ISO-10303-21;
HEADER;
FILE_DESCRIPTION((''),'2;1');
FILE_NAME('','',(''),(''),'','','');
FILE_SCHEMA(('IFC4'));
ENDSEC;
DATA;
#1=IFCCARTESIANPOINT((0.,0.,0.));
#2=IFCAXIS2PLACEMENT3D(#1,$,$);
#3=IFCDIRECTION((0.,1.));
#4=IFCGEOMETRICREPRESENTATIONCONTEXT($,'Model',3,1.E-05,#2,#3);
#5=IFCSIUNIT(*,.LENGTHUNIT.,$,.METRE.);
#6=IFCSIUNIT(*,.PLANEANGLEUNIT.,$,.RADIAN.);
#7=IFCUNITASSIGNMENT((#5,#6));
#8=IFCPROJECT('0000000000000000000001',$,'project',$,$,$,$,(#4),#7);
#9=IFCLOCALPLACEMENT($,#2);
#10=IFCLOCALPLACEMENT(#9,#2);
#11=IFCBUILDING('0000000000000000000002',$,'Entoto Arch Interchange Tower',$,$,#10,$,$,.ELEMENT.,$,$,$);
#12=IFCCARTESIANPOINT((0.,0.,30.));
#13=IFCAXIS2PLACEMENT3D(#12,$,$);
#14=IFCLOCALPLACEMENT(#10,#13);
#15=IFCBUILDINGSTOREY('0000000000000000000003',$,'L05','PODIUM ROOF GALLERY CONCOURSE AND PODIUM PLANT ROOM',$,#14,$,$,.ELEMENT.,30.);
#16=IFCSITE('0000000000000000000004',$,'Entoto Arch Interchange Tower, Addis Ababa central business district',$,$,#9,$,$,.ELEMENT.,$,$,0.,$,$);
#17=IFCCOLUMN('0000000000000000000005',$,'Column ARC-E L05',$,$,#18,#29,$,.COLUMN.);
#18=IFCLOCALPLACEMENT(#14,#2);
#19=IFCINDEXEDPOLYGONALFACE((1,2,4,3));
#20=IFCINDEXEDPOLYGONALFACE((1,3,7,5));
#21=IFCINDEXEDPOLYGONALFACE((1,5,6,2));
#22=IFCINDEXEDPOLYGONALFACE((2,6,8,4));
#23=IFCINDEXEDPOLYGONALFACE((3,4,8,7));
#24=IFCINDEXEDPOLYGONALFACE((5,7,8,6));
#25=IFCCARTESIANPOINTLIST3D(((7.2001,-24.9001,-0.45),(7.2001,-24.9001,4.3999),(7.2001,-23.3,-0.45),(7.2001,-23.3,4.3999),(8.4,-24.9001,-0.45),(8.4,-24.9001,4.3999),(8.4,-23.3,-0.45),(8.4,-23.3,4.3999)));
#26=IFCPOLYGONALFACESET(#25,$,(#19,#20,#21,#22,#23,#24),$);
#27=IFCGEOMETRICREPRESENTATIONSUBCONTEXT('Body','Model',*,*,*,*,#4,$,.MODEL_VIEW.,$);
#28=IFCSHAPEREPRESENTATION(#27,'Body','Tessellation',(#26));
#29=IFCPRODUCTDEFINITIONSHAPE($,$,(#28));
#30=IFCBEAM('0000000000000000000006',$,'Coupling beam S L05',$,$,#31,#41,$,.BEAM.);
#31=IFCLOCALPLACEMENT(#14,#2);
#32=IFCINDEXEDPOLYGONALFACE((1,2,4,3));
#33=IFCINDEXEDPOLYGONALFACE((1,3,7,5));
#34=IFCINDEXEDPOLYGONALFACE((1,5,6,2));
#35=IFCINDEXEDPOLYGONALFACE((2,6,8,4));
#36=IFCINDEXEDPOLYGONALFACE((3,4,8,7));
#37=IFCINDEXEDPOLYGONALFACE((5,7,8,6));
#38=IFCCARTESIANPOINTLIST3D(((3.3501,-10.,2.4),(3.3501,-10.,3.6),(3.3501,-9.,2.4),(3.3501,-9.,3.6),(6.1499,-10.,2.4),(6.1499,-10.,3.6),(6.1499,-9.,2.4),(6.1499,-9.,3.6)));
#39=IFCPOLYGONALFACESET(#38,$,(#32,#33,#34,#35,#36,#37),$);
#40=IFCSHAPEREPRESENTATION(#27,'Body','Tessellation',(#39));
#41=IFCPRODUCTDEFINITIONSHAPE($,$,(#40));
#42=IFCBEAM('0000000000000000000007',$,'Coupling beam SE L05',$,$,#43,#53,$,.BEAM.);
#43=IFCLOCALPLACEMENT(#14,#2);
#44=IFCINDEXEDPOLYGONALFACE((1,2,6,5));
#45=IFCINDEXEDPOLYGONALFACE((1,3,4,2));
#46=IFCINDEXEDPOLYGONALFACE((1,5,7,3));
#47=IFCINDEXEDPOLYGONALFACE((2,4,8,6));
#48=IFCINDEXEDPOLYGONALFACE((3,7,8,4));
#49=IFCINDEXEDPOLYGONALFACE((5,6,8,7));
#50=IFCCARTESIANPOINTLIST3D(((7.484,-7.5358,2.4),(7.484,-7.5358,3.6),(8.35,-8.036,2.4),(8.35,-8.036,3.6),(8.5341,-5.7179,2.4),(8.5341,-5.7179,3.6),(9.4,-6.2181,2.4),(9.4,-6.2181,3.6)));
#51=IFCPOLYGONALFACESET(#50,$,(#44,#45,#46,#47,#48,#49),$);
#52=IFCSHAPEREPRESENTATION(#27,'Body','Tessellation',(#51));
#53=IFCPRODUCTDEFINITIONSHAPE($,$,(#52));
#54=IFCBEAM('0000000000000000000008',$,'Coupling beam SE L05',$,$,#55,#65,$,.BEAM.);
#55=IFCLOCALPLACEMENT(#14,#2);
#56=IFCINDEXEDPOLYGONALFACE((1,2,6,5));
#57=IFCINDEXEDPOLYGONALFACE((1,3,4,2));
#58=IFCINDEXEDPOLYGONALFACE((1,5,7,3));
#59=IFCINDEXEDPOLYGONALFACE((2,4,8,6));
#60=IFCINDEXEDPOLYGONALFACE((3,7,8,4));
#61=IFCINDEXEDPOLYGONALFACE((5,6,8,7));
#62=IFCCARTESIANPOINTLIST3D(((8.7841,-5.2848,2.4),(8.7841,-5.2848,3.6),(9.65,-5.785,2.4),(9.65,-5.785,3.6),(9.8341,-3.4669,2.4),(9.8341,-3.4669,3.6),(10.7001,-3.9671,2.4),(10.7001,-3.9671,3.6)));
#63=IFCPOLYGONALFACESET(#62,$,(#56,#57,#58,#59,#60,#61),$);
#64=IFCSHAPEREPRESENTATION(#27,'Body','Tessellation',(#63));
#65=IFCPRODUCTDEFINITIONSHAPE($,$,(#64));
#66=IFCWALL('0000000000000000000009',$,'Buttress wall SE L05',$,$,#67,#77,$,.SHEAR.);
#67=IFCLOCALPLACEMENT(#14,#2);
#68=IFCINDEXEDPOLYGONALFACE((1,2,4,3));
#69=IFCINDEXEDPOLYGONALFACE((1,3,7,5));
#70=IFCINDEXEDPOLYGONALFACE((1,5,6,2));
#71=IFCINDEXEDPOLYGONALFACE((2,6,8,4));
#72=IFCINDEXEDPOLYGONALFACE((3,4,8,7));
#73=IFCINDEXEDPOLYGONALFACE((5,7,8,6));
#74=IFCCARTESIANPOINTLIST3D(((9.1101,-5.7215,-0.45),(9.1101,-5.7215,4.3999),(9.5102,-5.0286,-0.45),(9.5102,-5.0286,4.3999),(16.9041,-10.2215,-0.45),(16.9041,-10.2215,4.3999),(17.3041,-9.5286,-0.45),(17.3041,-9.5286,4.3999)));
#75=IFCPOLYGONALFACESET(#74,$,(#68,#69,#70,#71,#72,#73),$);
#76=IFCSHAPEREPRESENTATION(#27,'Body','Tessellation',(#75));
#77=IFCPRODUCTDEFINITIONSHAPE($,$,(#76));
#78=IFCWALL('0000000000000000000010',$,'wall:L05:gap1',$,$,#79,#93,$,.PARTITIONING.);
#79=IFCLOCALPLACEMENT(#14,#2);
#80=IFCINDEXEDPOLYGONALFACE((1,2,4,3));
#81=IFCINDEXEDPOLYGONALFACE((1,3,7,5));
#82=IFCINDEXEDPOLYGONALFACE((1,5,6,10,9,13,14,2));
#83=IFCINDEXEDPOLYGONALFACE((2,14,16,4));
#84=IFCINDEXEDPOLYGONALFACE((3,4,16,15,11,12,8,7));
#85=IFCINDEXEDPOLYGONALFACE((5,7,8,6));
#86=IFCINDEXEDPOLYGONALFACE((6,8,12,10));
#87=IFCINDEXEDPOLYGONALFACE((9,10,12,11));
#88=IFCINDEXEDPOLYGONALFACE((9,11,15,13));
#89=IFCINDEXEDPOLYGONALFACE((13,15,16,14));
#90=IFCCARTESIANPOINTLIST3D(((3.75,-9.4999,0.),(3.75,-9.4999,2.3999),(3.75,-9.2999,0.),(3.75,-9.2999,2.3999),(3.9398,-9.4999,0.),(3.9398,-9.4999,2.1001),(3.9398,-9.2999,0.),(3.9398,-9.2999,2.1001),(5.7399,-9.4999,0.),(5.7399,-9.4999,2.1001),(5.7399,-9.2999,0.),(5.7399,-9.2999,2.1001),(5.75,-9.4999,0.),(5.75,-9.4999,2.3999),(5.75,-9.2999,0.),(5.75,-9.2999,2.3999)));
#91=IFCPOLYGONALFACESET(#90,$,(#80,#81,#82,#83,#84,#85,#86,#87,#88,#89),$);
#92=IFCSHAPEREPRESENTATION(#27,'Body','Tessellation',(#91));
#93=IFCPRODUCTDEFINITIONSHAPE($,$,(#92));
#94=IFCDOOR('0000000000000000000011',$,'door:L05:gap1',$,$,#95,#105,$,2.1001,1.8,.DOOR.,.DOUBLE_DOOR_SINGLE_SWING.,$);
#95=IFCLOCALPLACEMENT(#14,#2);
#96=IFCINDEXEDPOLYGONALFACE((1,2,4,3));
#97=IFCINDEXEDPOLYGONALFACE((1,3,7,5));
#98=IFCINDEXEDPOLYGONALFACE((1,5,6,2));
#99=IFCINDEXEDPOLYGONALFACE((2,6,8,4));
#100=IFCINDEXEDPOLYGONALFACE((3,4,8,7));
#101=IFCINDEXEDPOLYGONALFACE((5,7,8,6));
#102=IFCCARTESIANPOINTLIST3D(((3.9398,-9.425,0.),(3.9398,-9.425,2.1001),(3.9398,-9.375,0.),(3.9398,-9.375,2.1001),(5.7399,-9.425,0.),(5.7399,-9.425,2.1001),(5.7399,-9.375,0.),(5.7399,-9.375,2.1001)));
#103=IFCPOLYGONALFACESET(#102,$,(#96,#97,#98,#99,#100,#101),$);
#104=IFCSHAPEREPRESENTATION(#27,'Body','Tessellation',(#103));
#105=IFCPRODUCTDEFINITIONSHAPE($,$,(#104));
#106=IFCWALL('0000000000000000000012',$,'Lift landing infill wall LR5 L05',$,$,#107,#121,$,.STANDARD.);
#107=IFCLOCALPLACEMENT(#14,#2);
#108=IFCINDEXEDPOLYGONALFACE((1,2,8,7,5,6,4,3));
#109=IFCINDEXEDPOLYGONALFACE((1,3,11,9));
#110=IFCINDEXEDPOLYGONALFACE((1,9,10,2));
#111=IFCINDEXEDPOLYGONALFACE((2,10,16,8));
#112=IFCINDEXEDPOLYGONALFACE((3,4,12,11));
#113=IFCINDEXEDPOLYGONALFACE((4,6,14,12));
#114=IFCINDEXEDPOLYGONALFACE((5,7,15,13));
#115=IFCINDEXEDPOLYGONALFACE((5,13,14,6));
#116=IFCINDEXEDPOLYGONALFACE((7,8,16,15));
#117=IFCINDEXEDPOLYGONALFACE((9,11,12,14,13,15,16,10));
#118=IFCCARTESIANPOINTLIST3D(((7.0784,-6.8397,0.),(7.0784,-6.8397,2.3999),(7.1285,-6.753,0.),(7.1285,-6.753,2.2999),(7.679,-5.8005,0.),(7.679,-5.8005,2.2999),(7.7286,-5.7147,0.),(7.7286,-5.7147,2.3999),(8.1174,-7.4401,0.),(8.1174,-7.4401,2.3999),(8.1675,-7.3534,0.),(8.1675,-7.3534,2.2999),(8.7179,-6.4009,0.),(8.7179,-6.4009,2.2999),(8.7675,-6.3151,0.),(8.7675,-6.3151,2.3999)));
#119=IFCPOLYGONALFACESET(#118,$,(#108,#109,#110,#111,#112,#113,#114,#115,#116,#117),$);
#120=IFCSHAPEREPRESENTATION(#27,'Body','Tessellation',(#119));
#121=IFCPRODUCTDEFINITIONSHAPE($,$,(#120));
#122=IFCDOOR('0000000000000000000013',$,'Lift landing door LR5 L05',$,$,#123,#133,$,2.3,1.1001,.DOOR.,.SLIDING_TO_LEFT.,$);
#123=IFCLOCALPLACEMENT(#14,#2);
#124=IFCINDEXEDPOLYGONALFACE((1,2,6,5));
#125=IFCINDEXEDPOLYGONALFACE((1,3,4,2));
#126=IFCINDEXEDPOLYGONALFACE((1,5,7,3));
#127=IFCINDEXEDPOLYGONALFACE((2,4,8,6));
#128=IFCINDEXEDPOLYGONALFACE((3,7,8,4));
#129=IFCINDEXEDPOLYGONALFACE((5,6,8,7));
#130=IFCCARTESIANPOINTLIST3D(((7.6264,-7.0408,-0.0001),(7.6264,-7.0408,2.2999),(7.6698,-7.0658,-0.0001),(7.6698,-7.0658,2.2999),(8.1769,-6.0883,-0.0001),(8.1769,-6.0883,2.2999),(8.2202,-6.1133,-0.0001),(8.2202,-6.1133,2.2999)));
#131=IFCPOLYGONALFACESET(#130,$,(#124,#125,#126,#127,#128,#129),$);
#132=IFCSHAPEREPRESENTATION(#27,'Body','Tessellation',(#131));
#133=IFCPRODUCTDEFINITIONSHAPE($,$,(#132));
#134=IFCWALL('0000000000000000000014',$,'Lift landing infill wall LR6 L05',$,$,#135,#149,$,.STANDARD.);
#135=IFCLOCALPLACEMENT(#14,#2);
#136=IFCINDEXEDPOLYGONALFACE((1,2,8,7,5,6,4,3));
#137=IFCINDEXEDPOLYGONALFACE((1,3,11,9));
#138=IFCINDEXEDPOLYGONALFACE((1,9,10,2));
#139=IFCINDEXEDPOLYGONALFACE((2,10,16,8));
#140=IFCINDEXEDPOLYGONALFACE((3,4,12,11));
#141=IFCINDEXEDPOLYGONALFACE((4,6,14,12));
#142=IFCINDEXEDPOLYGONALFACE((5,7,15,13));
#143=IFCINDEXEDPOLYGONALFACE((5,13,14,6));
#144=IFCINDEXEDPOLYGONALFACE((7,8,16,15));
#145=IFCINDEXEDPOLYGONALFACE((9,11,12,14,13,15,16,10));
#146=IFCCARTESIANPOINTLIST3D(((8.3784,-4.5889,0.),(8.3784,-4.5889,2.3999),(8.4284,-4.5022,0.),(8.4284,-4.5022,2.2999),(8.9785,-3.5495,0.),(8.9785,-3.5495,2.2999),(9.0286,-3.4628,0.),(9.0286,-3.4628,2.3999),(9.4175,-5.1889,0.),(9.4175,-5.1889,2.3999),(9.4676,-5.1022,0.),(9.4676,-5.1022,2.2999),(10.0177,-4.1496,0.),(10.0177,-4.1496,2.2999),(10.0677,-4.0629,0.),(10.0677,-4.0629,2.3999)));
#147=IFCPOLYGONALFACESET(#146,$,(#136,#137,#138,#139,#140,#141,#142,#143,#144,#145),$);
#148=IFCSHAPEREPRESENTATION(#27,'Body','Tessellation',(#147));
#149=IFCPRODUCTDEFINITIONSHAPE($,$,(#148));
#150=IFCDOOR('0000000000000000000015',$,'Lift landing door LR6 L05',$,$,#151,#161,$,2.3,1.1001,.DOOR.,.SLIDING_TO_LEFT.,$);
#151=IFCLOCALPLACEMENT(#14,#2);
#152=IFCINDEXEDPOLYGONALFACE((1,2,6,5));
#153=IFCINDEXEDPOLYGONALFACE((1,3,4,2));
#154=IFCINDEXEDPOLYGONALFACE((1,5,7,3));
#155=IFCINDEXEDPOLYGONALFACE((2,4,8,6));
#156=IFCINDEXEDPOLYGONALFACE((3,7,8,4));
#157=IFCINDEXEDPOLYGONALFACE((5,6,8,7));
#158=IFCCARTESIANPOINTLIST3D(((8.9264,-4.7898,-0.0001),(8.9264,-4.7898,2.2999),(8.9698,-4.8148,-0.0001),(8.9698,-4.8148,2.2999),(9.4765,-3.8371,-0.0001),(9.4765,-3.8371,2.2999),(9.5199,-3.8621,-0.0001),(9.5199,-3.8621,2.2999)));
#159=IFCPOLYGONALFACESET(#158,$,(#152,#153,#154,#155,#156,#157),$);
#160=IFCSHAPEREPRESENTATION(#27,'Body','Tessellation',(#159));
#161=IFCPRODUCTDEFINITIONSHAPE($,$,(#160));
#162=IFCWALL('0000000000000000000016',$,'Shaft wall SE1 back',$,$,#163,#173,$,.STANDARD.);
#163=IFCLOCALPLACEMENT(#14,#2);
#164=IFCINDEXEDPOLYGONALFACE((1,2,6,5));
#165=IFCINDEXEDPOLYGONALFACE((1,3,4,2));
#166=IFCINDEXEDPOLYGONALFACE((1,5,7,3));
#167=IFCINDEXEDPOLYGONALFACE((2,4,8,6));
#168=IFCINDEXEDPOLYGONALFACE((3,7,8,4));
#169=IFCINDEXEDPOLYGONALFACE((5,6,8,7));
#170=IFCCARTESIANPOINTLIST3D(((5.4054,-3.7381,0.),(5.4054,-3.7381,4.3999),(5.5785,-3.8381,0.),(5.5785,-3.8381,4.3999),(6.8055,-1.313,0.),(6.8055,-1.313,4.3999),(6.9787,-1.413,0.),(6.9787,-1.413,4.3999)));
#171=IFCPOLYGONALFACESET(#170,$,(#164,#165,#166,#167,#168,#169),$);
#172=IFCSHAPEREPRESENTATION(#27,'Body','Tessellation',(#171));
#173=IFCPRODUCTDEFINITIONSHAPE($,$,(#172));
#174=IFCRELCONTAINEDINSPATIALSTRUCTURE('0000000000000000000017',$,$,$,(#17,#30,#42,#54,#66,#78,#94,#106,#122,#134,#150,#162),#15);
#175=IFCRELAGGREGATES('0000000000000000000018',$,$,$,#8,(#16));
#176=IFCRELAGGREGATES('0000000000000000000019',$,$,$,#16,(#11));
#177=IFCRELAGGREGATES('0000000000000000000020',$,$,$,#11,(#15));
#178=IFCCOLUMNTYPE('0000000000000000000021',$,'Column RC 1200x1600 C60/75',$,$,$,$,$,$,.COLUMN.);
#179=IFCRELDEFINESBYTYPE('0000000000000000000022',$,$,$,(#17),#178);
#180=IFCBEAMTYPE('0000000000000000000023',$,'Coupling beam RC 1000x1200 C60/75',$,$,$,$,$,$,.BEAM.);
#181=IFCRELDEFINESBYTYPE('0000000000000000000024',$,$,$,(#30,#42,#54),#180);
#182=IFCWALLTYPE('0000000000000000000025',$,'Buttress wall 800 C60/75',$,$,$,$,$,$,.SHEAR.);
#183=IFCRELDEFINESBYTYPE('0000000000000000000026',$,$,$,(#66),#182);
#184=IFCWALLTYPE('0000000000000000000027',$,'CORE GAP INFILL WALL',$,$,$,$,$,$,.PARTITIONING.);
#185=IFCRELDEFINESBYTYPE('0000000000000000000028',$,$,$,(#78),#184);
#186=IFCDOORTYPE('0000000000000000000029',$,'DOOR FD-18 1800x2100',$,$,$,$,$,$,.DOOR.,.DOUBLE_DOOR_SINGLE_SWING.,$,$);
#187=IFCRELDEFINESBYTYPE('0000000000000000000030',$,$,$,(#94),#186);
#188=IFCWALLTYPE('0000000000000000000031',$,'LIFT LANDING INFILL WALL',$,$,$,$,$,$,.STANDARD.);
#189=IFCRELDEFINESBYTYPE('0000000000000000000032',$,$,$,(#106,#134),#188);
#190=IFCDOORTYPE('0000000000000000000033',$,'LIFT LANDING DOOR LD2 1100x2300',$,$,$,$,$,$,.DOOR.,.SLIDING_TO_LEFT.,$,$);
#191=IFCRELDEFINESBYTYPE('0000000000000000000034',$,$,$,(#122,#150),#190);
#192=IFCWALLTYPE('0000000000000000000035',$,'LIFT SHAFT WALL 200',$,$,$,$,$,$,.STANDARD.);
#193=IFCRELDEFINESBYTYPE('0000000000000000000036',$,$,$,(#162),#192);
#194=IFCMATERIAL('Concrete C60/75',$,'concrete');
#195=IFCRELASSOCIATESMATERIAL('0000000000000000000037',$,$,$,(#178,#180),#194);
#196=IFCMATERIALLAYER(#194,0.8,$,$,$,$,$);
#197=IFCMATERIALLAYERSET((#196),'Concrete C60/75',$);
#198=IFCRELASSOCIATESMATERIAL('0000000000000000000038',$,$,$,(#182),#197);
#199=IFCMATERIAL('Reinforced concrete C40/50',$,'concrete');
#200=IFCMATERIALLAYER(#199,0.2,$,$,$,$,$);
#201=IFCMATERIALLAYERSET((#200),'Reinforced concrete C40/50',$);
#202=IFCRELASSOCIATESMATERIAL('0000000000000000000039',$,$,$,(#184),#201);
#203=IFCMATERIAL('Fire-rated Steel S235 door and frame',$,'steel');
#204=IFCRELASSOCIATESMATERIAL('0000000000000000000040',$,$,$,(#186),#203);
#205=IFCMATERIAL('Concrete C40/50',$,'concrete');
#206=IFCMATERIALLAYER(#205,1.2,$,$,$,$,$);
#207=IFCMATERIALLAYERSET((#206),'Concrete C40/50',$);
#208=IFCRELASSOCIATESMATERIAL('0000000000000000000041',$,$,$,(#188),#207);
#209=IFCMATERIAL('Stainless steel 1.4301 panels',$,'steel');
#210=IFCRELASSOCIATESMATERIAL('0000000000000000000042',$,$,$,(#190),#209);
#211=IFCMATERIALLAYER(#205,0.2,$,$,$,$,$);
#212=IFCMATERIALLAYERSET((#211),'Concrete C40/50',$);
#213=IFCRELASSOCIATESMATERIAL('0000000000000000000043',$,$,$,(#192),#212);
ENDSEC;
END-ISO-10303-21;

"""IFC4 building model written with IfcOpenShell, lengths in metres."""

from ifc_helpers import new_model, si_unit, direction, frame, frame_2d, origin, origin_2d, place, context, subcontext, project, spatial, rectangle, extrude, material, layer, layer_set, material_profile, profile_set, type_object, element, fill, save


model = new_model("IFC4")

# Units and contexts
model_context = context("Model", 3, precision=1e-05, world=origin(), true_north=direction((0.0, 1.0)))
body_context = subcontext(model_context, "Body", "Model", "MODEL_VIEW")
ifc_project = project(units=[si_unit("LENGTHUNIT", "METRE"), si_unit("PLANEANGLEUNIT", "RADIAN")], contexts=[model_context])

# Site, building, storey
site_placement = place(None, origin())
site = spatial("IfcSite", under=ifc_project, at=site_placement, Name="Entoto Arch Interchange Tower, Addis Ababa central business district", CompositionType="ELEMENT", RefElevation=0.0)
building_placement = place(site_placement, origin())
building = spatial("IfcBuilding", under=site, at=building_placement, Name="Entoto Arch Interchange Tower", CompositionType="ELEMENT")
storey_placement = place(building_placement, frame((0.0, 0.0, 30.0)))
storey = spatial("IfcBuildingStorey", under=building, at=storey_placement, Name="L05", Description="PODIUM ROOF GALLERY CONCOURSE AND PODIUM PLANT ROOM", CompositionType="ELEMENT", Elevation=30.0)

# Column
ifc_material_1 = material(Name="Concrete C60/75", Category="concrete")
ifc_material_profile_1 = material_profile(ifc_material_1, rectangle(XDim=1.2, YDim=1.6001, at=origin_2d()))
ifc_profile_set_1 = profile_set([ifc_material_profile_1], Name="Concrete C60/75")
column_type = type_object("IfcColumnType", Name="Column RC 1200x1600 C60/75", PredefinedType="COLUMN", material=ifc_profile_set_1)
column_placement = place(storey_placement, frame((7.8, -24.1001, -0.45), z_axis=(0.0, 0.0, 1.0), x_axis=(1.0, 0.0, 0.0)))
element("IfcColumn", 1, at=column_placement, inside=storey, type_object=column_type, Name="Column ARC-E L05", PredefinedType="COLUMN", context=body_context, shape_type="SweptSolid", body=[
    extrude(rectangle(XDim=1.2, YDim=1.6001, at=origin_2d()), origin(), (0.0, 0.0, 1.0), 4.8499),
])

# Beams
ifc_material_profile_2 = material_profile(ifc_material_1, rectangle(XDim=1.0, YDim=1.2, at=origin_2d()))
ifc_profile_set_2 = profile_set([ifc_material_profile_2], Name="Concrete C60/75")
beam_type = type_object("IfcBeamType", Name="Coupling beam RC 1000x1200 C60/75", PredefinedType="BEAM", material=ifc_profile_set_2)
beam_placement = place(storey_placement, frame((3.3501, -9.5, 3.0), z_axis=(1.0, 0.0, 0.0), x_axis=(0.0, 1.0, 0.0)))
element("IfcBeam", 2, at=beam_placement, inside=storey, type_object=beam_type, Name="Coupling beam S L05", PredefinedType="BEAM", context=body_context, shape_type="SweptSolid", body=[
    extrude(rectangle(XDim=1.0, YDim=1.2, at=origin_2d()), origin(), (0.0, 0.0, 1.0), 2.7998),
])
for number, where, z_axis, x_axis, name in (
    (3, (7.917, -7.7859, 3.0), (0.500179, 0.865922, 0.0), (-0.865922, 0.500179, 0.0), "Coupling beam SE L05"),
    (4, (9.217, -5.5349, 3.0), (0.500179, 0.865922, 0.0), (-0.865922, 0.500179, 0.0), "Coupling beam SE L05"),
):
    element("IfcBeam", number, at=place(storey_placement, frame(where, z_axis=z_axis, x_axis=x_axis)), inside=storey, type_object=beam_type, Name=name, PredefinedType="BEAM", context=body_context, shape_type="SweptSolid", body=[
        extrude(rectangle(XDim=1.0, YDim=1.2, at=origin_2d()), origin(), (0.0, 0.0, 1.0), 2.0994),
    ])

# Wall
ifc_layer_1 = layer(ifc_material_1, 0.8)
ifc_layer_set_1 = layer_set([ifc_layer_1], Name="Concrete C60/75")
wall_type_1 = type_object("IfcWallType", Name="Buttress wall 800 C60/75", PredefinedType="SHEAR", material=ifc_layer_set_1)
wall_1_placement = place(storey_placement, frame((9.3101, -5.375, -0.45), z_axis=(0.0, 0.0, 1.0), x_axis=(0.866018, -0.500014, 0.0)))
element("IfcWall", 5, at=wall_1_placement, inside=storey, type_object=wall_type_1, Name="Buttress wall SE L05", PredefinedType="SHEAR", context=body_context, shape_type="SweptSolid", body=[
    extrude(rectangle(XDim=8.9998, YDim=0.8, at=frame_2d((4.5, 0.0))), origin(), (0.0, 0.0, 1.0), 4.8499),
])

# Walls, openings, doors
ifc_material_2 = material(Name="Reinforced concrete C40/50", Category="concrete")
ifc_layer_2 = layer(ifc_material_2, 0.2)
ifc_layer_set_2 = layer_set([ifc_layer_2], Name="Reinforced concrete C40/50")
wall_type_2 = type_object("IfcWallType", Name="CORE GAP INFILL WALL", PredefinedType="PARTITIONING", material=ifc_layer_set_2)
wall_2_placement = place(storey_placement, frame((3.75, -9.3999, 0.0), z_axis=(0.0, 0.0, 1.0), x_axis=(1.0, 0.0, 0.0)))
wall_2 = element("IfcWall", 6, at=wall_2_placement, inside=storey, type_object=wall_type_2, Name="wall:L05:gap1", PredefinedType="PARTITIONING", context=body_context, shape_type="SweptSolid", body=[
    extrude(rectangle(XDim=2.0, YDim=0.2, at=frame_2d((1.0, 0.0))), origin(), (0.0, 0.0, 1.0), 2.3999),
])
opening_1_placement = place(wall_2_placement, frame((0.1899, 0.0, 0.0)))
opening_1 = element("IfcOpeningElement", 7, at=opening_1_placement, cuts=wall_2, PredefinedType="OPENING", context=body_context, shape_type="SweptSolid", body=[
    extrude(rectangle(XDim=1.8, YDim=2.1001, at=frame_2d((0.8999, 1.05))), frame((0.0, 0.1099, 0.0), z_axis=(0.0, -1.0, 0.0), x_axis=(1.0, 0.0, 0.0)), (0.0, 0.0, 1.0), 0.22),
])
ifc_material_3 = material(Name="Fire-rated Steel S235 door and frame", Category="steel")
door_type_1 = type_object("IfcDoorType", Name="DOOR FD-18 1800x2100", OperationType="DOUBLE_DOOR_SINGLE_SWING", PredefinedType="DOOR", material=ifc_material_3)
door_1_placement = place(opening_1_placement, origin())
door_1 = element("IfcDoor", 8, at=door_1_placement, inside=storey, type_object=door_type_1, Name="door:L05:gap1", OperationType="DOUBLE_DOOR_SINGLE_SWING", OverallHeight=2.1001, OverallWidth=1.8, PredefinedType="DOOR", context=body_context, shape_type="SweptSolid", body=[
    extrude(rectangle(XDim=1.8, YDim=2.1001, at=frame_2d((0.8999, 1.05))), frame((0.0, 0.0249, 0.0), z_axis=(0.0, -1.0, 0.0), x_axis=(1.0, 0.0, 0.0)), (0.0, 0.0, 1.0), 0.05),
])
fill(opening_1, door_1)
ifc_material_4 = material(Name="Concrete C40/50", Category="concrete")
ifc_layer_3 = layer(ifc_material_4, 1.2)
ifc_layer_set_3 = layer_set([ifc_layer_3], Name="Concrete C40/50")
wall_type_3 = type_object("IfcWallType", Name="LIFT LANDING INFILL WALL", PredefinedType="STANDARD", material=ifc_layer_set_3)
wall_3_placement = place(storey_placement, frame((7.5979, -7.1399, 0.0), z_axis=(0.0, 0.0, 1.0), x_axis=(0.500362, 0.865816, 0.0)))
wall_3 = element("IfcWall", 9, at=wall_3_placement, inside=storey, type_object=wall_type_3, Name="Lift landing infill wall LR5 L05", PredefinedType="STANDARD", context=body_context, shape_type="SweptSolid", body=[
    extrude(rectangle(XDim=1.2993, YDim=1.2, at=frame_2d((0.6497, 0.0))), origin(), (0.0, 0.0, 1.0), 2.3999),
])
opening_2_placement = place(wall_3_placement, frame((0.1001, 0.0, 0.0)))
opening_2 = element("IfcOpeningElement", 10, at=opening_2_placement, cuts=wall_3, PredefinedType="OPENING", context=body_context, shape_type="SweptSolid", body=[
    extrude(rectangle(XDim=1.1001, YDim=2.3, at=frame_2d((0.55, 1.1499))), frame((0.0, 0.6099, 0.0), z_axis=(0.0, -1.0, 0.0), x_axis=(1.0, 0.0, 0.0)), (0.0, 0.0, 1.0), 1.22),
])
ifc_material_5 = material(Name="Stainless steel 1.4301 panels", Category="steel")
door_type_2 = type_object("IfcDoorType", Name="LIFT LANDING DOOR LD2 1100x2300", OperationType="SLIDING_TO_LEFT", PredefinedType="DOOR", material=ifc_material_5)
door_2_placement = place(opening_2_placement, origin())
door_2 = element("IfcDoor", 11, at=door_2_placement, inside=storey, type_object=door_type_2, Name="Lift landing door LR5 L05", OperationType="SLIDING_TO_LEFT", OverallHeight=2.3, OverallWidth=1.1001, PredefinedType="DOOR", context=body_context, shape_type="SweptSolid", body=[
    extrude(rectangle(XDim=1.1001, YDim=2.3, at=frame_2d((0.55, 1.1499))), frame((0.0, 0.0249, 0.0), z_axis=(0.0, -1.0, 0.0), x_axis=(1.0, 0.0, 0.0)), (0.0, 0.0, 1.0), 0.05),
])
fill(opening_2, door_2)
wall_4_placement = place(storey_placement, frame((8.8979, -4.8889, 0.0), z_axis=(0.0, 0.0, 1.0), x_axis=(0.500037, 0.866004, 0.0)))
wall_4 = element("IfcWall", 12, at=wall_4_placement, inside=storey, type_object=wall_type_3, Name="Lift landing infill wall LR6 L05", PredefinedType="STANDARD", context=body_context, shape_type="SweptSolid", body=[
    extrude(rectangle(XDim=1.3003, YDim=1.2, at=frame_2d((0.6501, 0.0))), origin(), (0.0, 0.0, 1.0), 2.3999),
])
opening_3_placement = place(wall_4_placement, frame((0.1001, 0.0, 0.0)))
opening_3 = element("IfcOpeningElement", 13, at=opening_3_placement, cuts=wall_4, PredefinedType="OPENING", context=body_context, shape_type="SweptSolid", body=[
    extrude(rectangle(XDim=1.1001, YDim=2.3, at=frame_2d((0.55, 1.1499))), frame((0.0, 0.6099, 0.0), z_axis=(0.0, -1.0, 0.0), x_axis=(1.0, 0.0, 0.0)), (0.0, 0.0, 1.0), 1.22),
])
door_3_placement = place(opening_3_placement, origin())
door_3 = element("IfcDoor", 14, at=door_3_placement, inside=storey, type_object=door_type_2, Name="Lift landing door LR6 L05", OperationType="SLIDING_TO_LEFT", OverallHeight=2.3, OverallWidth=1.1001, PredefinedType="DOOR", context=body_context, shape_type="SweptSolid", body=[
    extrude(rectangle(XDim=1.1001, YDim=2.3, at=frame_2d((0.55, 1.1499))), frame((0.0, 0.0249, 0.0), z_axis=(0.0, -1.0, 0.0), x_axis=(1.0, 0.0, 0.0)), (0.0, 0.0, 1.0), 0.05),
])
fill(opening_3, door_3)

# Wall
ifc_layer_4 = layer(ifc_material_4, 0.2)
ifc_layer_set_4 = layer_set([ifc_layer_4], Name="Concrete C40/50")
wall_type_4 = type_object("IfcWallType", Name="LIFT SHAFT WALL 200", PredefinedType="STANDARD", material=ifc_layer_set_4)
wall_5_placement = place(storey_placement, frame((5.4919, -3.7881, 0.0), z_axis=(0.0, 0.0, 1.0), x_axis=(0.500012, 0.866019, 0.0)))
element("IfcWall", 15, at=wall_5_placement, inside=storey, type_object=wall_type_4, Name="Shaft wall SE1 back", PredefinedType="STANDARD", context=body_context, shape_type="SweptSolid", body=[
    extrude(rectangle(XDim=2.8003, YDim=0.2, at=frame_2d((1.4001, 0.0))), origin(), (0.0, 0.0, 1.0), 4.3999),
])

save(model, "model.ifc")
